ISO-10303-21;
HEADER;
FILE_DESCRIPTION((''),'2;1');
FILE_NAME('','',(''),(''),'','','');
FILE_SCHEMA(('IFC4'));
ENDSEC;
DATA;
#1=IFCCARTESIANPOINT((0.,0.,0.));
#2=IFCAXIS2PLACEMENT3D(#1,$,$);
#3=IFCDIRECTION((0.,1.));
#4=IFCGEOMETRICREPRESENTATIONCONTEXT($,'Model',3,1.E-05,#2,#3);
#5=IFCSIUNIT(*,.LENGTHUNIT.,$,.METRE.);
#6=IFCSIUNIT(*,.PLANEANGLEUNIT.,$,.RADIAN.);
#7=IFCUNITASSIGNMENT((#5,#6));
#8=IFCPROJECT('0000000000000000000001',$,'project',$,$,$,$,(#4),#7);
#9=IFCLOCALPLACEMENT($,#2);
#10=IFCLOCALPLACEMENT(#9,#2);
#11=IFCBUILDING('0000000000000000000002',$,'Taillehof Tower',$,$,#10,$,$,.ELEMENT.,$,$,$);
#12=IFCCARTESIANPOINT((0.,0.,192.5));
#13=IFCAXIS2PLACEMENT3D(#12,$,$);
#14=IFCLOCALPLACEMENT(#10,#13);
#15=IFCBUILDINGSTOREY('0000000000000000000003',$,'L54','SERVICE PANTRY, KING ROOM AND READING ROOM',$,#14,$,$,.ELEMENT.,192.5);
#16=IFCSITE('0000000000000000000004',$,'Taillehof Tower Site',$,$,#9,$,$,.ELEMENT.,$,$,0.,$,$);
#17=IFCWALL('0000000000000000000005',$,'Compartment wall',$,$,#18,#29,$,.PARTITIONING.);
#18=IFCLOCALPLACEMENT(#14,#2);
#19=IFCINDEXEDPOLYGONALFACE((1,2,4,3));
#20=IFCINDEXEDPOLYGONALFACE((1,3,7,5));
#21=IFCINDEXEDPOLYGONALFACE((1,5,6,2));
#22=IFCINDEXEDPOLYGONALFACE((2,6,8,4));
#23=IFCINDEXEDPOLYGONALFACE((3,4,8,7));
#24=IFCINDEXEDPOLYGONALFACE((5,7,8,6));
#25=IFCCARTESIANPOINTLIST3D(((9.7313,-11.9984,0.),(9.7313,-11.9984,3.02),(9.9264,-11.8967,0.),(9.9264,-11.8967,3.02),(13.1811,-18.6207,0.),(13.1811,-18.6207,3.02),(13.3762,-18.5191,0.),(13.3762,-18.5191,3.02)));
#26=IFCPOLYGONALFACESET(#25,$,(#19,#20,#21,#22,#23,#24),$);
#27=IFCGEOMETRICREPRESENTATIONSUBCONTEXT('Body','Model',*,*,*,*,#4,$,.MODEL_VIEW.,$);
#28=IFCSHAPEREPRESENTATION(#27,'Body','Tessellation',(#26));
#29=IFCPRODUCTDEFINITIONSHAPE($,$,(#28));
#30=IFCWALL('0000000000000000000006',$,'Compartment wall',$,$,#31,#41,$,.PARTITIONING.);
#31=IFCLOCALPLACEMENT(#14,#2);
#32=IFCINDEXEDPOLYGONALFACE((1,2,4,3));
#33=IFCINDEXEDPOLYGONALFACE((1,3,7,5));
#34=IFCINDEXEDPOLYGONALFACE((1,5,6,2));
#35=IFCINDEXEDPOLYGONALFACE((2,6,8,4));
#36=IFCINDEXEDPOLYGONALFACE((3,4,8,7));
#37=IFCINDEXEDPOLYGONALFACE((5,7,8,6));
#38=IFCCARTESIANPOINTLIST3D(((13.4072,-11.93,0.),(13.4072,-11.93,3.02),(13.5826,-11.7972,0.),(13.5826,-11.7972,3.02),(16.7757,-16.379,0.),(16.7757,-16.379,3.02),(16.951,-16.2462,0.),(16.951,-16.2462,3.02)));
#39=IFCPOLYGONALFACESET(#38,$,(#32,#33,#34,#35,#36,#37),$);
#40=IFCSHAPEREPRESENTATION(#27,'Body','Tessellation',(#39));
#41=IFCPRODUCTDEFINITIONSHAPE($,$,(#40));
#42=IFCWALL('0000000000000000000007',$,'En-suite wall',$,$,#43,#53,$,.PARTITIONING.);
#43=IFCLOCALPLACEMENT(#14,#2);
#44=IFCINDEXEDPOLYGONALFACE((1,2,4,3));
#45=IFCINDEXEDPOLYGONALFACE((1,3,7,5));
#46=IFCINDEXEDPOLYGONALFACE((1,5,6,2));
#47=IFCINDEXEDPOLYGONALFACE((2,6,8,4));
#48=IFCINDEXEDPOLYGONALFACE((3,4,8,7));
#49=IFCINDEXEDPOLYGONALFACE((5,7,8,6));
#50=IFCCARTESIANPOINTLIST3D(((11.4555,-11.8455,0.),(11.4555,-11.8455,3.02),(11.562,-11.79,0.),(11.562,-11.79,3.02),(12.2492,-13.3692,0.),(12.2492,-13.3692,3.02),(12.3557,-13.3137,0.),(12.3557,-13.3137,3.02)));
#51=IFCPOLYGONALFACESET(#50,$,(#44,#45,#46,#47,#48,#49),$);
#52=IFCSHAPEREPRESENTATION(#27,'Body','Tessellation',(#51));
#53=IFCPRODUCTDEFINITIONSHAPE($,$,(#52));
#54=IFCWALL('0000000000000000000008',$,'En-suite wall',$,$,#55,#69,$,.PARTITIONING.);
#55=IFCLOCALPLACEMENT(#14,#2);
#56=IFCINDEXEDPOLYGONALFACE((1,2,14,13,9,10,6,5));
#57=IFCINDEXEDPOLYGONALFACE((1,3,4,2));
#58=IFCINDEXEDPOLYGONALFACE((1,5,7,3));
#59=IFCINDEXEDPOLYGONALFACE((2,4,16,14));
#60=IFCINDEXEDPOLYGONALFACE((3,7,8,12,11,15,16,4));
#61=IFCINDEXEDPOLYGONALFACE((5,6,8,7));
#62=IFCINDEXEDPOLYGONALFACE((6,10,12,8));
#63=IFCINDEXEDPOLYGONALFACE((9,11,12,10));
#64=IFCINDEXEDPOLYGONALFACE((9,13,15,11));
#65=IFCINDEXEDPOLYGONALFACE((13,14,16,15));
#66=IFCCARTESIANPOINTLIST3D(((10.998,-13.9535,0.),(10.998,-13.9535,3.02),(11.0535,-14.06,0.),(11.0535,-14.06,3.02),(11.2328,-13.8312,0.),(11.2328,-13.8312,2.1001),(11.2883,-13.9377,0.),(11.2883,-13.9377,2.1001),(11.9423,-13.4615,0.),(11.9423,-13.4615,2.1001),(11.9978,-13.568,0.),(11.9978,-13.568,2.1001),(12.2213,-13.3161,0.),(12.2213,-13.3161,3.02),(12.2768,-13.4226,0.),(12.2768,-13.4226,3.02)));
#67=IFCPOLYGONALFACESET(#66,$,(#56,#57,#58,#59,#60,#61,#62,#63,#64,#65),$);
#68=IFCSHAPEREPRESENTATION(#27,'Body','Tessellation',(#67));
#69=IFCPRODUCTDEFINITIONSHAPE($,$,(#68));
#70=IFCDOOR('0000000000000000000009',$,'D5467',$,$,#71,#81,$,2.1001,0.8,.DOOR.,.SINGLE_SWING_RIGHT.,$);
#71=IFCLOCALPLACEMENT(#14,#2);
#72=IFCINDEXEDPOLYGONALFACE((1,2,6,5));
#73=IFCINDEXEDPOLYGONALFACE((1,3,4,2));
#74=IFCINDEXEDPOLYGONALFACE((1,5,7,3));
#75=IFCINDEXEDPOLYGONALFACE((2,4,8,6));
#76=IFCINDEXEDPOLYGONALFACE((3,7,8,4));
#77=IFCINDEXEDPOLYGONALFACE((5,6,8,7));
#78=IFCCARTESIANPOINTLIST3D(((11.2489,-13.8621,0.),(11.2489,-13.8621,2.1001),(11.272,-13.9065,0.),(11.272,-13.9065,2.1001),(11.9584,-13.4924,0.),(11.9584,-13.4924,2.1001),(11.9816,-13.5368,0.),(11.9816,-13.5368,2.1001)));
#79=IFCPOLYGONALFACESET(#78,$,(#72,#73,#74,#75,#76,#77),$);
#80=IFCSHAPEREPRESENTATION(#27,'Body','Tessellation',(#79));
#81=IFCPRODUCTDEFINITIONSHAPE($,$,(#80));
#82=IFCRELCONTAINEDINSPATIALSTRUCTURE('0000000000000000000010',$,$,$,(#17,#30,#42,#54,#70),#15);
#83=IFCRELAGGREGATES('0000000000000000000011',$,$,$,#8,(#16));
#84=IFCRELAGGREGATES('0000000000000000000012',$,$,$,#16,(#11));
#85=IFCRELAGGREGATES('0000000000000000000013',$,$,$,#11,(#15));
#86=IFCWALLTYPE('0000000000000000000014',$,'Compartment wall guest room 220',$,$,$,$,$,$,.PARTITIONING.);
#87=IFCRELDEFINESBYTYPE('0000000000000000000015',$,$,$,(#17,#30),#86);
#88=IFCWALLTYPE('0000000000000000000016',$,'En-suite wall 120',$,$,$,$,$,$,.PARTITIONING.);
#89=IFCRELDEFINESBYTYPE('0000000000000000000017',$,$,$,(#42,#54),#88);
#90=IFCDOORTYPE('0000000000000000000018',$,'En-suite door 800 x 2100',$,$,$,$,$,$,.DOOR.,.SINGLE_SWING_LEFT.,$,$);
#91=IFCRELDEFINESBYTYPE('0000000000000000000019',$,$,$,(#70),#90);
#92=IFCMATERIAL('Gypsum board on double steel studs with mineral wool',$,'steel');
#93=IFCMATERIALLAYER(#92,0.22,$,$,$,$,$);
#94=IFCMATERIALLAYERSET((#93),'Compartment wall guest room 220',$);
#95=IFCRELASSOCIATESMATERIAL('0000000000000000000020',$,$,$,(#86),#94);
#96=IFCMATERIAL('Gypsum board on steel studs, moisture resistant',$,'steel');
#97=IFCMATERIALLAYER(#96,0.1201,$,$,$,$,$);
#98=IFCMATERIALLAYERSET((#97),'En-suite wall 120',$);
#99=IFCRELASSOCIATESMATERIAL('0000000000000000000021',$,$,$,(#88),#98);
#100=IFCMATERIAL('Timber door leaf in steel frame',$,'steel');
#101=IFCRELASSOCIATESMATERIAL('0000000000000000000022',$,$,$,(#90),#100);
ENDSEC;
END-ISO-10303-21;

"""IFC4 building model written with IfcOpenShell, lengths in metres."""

from ifc_helpers import new_model, si_unit, direction, frame, frame_2d, origin, place, context, subcontext, project, spatial, rectangle, extrude, material, layer, layer_set, type_object, element, fill, save


model = new_model("IFC4")

# Units and contexts
model_context = context("Model", 3, precision=1e-05, world=origin(), true_north=direction((0.0, 1.0)))
body_context = subcontext(model_context, "Body", "Model", "MODEL_VIEW")
ifc_project = project(units=[si_unit("LENGTHUNIT", "METRE"), si_unit("PLANEANGLEUNIT", "RADIAN")], contexts=[model_context])

# Site, building, storey
site_placement = place(None, origin())
site = spatial("IfcSite", under=ifc_project, at=site_placement, Name="Taillehof Tower Site", CompositionType="ELEMENT", RefElevation=0.0)
building_placement = place(site_placement, origin())
building = spatial("IfcBuilding", under=site, at=building_placement, Name="Taillehof Tower", CompositionType="ELEMENT")
storey_placement = place(building_placement, frame((0.0, 0.0, 192.5)))
storey = spatial("IfcBuildingStorey", under=building, at=storey_placement, Name="L54", Description="SERVICE PANTRY, KING ROOM AND READING ROOM", CompositionType="ELEMENT", Elevation=192.5)

# Walls
ifc_material_1 = material(Name="Gypsum board on double steel studs with mineral wool", Category="steel")
ifc_layer_1 = layer(ifc_material_1, 0.22)
ifc_layer_set_1 = layer_set([ifc_layer_1], Name="Compartment wall guest room 220")
wall_type_1 = type_object("IfcWallType", Name="Compartment wall guest room 220", PredefinedType="PARTITIONING", material=ifc_layer_set_1)
wall_1_placement = place(storey_placement, frame((13.2786, -18.5698, 0.0), z_axis=(0.0, 0.0, 1.0), x_axis=(-0.461996, 0.886882, 0.0)))
element("IfcWall", 1, at=wall_1_placement, inside=storey, type_object=wall_type_1, Name="Compartment wall", PredefinedType="PARTITIONING", context=body_context, shape_type="SweptSolid", body=[
    extrude(rectangle(XDim=7.467, YDim=0.22, at=frame_2d((3.7334, 0.0))), origin(), (0.0, 0.0, 1.0), 3.02),
])
wall_2_placement = place(storey_placement, frame((16.8633, -16.3125, 0.0), z_axis=(0.0, 0.0, 1.0), x_axis=(-0.603627, 0.797267, 0.0)))
element("IfcWall", 2, at=wall_2_placement, inside=storey, type_object=wall_type_1, Name="Compartment wall", PredefinedType="PARTITIONING", context=body_context, shape_type="SweptSolid", body=[
    extrude(rectangle(XDim=5.5803, YDim=0.22, at=frame_2d((2.79, 0.0))), origin(), (0.0, 0.0, 1.0), 3.02),
])
ifc_material_2 = material(Name="Gypsum board on steel studs, moisture resistant", Category="steel")
ifc_layer_2 = layer(ifc_material_2, 0.1201)
ifc_layer_set_2 = layer_set([ifc_layer_2], Name="En-suite wall 120")
wall_type_2 = type_object("IfcWallType", Name="En-suite wall 120", PredefinedType="PARTITIONING", material=ifc_layer_set_2)
wall_3_placement = place(storey_placement, frame((11.5088, -11.8179, 0.0), z_axis=(0.0, 0.0, 1.0), x_axis=(0.461988, -0.886886, 0.0)))
element("IfcWall", 3, at=wall_3_placement, inside=storey, type_object=wall_type_2, Name="En-suite wall", PredefinedType="PARTITIONING", context=body_context, shape_type="SweptSolid", body=[
    extrude(rectangle(XDim=1.718, YDim=0.1201, at=frame_2d((0.8589, 0.0))), origin(), (0.0, 0.0, 1.0), 3.02),
])

# Wall, opening, door
wall_4_placement = place(storey_placement, frame((12.249, -13.3694, 0.0), z_axis=(0.0, 0.0, 1.0), x_axis=(-0.886834, -0.462088, 0.0)))
wall_4 = element("IfcWall", 4, at=wall_4_placement, inside=storey, type_object=wall_type_2, Name="En-suite wall", PredefinedType="PARTITIONING", context=body_context, shape_type="SweptSolid", body=[
    extrude(rectangle(XDim=1.3794, YDim=0.1201, at=frame_2d((0.6897, 0.0))), origin(), (0.0, 0.0, 1.0), 3.02),
])
opening_1_placement = place(wall_4_placement, frame((0.3147, 0.0, 0.0)))
opening_1 = element("IfcOpeningElement", 5, at=opening_1_placement, cuts=wall_4, PredefinedType="OPENING", context=body_context, shape_type="SweptSolid", body=[
    extrude(rectangle(XDim=0.8, YDim=2.1001, at=frame_2d((0.3999, 1.05))), frame((0.0, 0.0701, 0.0), z_axis=(0.0, -1.0, 0.0), x_axis=(1.0, 0.0, 0.0)), (0.0, 0.0, 1.0), 0.1401),
])
ifc_material_3 = material(Name="Timber door leaf in steel frame", Category="steel")
door_type_1 = type_object("IfcDoorType", Name="En-suite door 800 x 2100", OperationType="SINGLE_SWING_LEFT", PredefinedType="DOOR", material=ifc_material_3)
door_1_placement = place(opening_1_placement, origin())
door_1 = element("IfcDoor", 6, at=door_1_placement, inside=storey, type_object=door_type_1, Name="D5467", OperationType="SINGLE_SWING_RIGHT", OverallHeight=2.1001, OverallWidth=0.8, PredefinedType="DOOR", context=body_context, shape_type="SweptSolid", body=[
    extrude(rectangle(XDim=0.8, YDim=2.1001, at=frame_2d((0.3999, 1.05))), frame((0.0, 0.0249, 0.0), z_axis=(0.0, -1.0, 0.0), x_axis=(1.0, 0.0, 0.0)), (0.0, 0.0, 1.0), 0.05),
])
fill(opening_1, door_1)

save(model, "model.ifc")
